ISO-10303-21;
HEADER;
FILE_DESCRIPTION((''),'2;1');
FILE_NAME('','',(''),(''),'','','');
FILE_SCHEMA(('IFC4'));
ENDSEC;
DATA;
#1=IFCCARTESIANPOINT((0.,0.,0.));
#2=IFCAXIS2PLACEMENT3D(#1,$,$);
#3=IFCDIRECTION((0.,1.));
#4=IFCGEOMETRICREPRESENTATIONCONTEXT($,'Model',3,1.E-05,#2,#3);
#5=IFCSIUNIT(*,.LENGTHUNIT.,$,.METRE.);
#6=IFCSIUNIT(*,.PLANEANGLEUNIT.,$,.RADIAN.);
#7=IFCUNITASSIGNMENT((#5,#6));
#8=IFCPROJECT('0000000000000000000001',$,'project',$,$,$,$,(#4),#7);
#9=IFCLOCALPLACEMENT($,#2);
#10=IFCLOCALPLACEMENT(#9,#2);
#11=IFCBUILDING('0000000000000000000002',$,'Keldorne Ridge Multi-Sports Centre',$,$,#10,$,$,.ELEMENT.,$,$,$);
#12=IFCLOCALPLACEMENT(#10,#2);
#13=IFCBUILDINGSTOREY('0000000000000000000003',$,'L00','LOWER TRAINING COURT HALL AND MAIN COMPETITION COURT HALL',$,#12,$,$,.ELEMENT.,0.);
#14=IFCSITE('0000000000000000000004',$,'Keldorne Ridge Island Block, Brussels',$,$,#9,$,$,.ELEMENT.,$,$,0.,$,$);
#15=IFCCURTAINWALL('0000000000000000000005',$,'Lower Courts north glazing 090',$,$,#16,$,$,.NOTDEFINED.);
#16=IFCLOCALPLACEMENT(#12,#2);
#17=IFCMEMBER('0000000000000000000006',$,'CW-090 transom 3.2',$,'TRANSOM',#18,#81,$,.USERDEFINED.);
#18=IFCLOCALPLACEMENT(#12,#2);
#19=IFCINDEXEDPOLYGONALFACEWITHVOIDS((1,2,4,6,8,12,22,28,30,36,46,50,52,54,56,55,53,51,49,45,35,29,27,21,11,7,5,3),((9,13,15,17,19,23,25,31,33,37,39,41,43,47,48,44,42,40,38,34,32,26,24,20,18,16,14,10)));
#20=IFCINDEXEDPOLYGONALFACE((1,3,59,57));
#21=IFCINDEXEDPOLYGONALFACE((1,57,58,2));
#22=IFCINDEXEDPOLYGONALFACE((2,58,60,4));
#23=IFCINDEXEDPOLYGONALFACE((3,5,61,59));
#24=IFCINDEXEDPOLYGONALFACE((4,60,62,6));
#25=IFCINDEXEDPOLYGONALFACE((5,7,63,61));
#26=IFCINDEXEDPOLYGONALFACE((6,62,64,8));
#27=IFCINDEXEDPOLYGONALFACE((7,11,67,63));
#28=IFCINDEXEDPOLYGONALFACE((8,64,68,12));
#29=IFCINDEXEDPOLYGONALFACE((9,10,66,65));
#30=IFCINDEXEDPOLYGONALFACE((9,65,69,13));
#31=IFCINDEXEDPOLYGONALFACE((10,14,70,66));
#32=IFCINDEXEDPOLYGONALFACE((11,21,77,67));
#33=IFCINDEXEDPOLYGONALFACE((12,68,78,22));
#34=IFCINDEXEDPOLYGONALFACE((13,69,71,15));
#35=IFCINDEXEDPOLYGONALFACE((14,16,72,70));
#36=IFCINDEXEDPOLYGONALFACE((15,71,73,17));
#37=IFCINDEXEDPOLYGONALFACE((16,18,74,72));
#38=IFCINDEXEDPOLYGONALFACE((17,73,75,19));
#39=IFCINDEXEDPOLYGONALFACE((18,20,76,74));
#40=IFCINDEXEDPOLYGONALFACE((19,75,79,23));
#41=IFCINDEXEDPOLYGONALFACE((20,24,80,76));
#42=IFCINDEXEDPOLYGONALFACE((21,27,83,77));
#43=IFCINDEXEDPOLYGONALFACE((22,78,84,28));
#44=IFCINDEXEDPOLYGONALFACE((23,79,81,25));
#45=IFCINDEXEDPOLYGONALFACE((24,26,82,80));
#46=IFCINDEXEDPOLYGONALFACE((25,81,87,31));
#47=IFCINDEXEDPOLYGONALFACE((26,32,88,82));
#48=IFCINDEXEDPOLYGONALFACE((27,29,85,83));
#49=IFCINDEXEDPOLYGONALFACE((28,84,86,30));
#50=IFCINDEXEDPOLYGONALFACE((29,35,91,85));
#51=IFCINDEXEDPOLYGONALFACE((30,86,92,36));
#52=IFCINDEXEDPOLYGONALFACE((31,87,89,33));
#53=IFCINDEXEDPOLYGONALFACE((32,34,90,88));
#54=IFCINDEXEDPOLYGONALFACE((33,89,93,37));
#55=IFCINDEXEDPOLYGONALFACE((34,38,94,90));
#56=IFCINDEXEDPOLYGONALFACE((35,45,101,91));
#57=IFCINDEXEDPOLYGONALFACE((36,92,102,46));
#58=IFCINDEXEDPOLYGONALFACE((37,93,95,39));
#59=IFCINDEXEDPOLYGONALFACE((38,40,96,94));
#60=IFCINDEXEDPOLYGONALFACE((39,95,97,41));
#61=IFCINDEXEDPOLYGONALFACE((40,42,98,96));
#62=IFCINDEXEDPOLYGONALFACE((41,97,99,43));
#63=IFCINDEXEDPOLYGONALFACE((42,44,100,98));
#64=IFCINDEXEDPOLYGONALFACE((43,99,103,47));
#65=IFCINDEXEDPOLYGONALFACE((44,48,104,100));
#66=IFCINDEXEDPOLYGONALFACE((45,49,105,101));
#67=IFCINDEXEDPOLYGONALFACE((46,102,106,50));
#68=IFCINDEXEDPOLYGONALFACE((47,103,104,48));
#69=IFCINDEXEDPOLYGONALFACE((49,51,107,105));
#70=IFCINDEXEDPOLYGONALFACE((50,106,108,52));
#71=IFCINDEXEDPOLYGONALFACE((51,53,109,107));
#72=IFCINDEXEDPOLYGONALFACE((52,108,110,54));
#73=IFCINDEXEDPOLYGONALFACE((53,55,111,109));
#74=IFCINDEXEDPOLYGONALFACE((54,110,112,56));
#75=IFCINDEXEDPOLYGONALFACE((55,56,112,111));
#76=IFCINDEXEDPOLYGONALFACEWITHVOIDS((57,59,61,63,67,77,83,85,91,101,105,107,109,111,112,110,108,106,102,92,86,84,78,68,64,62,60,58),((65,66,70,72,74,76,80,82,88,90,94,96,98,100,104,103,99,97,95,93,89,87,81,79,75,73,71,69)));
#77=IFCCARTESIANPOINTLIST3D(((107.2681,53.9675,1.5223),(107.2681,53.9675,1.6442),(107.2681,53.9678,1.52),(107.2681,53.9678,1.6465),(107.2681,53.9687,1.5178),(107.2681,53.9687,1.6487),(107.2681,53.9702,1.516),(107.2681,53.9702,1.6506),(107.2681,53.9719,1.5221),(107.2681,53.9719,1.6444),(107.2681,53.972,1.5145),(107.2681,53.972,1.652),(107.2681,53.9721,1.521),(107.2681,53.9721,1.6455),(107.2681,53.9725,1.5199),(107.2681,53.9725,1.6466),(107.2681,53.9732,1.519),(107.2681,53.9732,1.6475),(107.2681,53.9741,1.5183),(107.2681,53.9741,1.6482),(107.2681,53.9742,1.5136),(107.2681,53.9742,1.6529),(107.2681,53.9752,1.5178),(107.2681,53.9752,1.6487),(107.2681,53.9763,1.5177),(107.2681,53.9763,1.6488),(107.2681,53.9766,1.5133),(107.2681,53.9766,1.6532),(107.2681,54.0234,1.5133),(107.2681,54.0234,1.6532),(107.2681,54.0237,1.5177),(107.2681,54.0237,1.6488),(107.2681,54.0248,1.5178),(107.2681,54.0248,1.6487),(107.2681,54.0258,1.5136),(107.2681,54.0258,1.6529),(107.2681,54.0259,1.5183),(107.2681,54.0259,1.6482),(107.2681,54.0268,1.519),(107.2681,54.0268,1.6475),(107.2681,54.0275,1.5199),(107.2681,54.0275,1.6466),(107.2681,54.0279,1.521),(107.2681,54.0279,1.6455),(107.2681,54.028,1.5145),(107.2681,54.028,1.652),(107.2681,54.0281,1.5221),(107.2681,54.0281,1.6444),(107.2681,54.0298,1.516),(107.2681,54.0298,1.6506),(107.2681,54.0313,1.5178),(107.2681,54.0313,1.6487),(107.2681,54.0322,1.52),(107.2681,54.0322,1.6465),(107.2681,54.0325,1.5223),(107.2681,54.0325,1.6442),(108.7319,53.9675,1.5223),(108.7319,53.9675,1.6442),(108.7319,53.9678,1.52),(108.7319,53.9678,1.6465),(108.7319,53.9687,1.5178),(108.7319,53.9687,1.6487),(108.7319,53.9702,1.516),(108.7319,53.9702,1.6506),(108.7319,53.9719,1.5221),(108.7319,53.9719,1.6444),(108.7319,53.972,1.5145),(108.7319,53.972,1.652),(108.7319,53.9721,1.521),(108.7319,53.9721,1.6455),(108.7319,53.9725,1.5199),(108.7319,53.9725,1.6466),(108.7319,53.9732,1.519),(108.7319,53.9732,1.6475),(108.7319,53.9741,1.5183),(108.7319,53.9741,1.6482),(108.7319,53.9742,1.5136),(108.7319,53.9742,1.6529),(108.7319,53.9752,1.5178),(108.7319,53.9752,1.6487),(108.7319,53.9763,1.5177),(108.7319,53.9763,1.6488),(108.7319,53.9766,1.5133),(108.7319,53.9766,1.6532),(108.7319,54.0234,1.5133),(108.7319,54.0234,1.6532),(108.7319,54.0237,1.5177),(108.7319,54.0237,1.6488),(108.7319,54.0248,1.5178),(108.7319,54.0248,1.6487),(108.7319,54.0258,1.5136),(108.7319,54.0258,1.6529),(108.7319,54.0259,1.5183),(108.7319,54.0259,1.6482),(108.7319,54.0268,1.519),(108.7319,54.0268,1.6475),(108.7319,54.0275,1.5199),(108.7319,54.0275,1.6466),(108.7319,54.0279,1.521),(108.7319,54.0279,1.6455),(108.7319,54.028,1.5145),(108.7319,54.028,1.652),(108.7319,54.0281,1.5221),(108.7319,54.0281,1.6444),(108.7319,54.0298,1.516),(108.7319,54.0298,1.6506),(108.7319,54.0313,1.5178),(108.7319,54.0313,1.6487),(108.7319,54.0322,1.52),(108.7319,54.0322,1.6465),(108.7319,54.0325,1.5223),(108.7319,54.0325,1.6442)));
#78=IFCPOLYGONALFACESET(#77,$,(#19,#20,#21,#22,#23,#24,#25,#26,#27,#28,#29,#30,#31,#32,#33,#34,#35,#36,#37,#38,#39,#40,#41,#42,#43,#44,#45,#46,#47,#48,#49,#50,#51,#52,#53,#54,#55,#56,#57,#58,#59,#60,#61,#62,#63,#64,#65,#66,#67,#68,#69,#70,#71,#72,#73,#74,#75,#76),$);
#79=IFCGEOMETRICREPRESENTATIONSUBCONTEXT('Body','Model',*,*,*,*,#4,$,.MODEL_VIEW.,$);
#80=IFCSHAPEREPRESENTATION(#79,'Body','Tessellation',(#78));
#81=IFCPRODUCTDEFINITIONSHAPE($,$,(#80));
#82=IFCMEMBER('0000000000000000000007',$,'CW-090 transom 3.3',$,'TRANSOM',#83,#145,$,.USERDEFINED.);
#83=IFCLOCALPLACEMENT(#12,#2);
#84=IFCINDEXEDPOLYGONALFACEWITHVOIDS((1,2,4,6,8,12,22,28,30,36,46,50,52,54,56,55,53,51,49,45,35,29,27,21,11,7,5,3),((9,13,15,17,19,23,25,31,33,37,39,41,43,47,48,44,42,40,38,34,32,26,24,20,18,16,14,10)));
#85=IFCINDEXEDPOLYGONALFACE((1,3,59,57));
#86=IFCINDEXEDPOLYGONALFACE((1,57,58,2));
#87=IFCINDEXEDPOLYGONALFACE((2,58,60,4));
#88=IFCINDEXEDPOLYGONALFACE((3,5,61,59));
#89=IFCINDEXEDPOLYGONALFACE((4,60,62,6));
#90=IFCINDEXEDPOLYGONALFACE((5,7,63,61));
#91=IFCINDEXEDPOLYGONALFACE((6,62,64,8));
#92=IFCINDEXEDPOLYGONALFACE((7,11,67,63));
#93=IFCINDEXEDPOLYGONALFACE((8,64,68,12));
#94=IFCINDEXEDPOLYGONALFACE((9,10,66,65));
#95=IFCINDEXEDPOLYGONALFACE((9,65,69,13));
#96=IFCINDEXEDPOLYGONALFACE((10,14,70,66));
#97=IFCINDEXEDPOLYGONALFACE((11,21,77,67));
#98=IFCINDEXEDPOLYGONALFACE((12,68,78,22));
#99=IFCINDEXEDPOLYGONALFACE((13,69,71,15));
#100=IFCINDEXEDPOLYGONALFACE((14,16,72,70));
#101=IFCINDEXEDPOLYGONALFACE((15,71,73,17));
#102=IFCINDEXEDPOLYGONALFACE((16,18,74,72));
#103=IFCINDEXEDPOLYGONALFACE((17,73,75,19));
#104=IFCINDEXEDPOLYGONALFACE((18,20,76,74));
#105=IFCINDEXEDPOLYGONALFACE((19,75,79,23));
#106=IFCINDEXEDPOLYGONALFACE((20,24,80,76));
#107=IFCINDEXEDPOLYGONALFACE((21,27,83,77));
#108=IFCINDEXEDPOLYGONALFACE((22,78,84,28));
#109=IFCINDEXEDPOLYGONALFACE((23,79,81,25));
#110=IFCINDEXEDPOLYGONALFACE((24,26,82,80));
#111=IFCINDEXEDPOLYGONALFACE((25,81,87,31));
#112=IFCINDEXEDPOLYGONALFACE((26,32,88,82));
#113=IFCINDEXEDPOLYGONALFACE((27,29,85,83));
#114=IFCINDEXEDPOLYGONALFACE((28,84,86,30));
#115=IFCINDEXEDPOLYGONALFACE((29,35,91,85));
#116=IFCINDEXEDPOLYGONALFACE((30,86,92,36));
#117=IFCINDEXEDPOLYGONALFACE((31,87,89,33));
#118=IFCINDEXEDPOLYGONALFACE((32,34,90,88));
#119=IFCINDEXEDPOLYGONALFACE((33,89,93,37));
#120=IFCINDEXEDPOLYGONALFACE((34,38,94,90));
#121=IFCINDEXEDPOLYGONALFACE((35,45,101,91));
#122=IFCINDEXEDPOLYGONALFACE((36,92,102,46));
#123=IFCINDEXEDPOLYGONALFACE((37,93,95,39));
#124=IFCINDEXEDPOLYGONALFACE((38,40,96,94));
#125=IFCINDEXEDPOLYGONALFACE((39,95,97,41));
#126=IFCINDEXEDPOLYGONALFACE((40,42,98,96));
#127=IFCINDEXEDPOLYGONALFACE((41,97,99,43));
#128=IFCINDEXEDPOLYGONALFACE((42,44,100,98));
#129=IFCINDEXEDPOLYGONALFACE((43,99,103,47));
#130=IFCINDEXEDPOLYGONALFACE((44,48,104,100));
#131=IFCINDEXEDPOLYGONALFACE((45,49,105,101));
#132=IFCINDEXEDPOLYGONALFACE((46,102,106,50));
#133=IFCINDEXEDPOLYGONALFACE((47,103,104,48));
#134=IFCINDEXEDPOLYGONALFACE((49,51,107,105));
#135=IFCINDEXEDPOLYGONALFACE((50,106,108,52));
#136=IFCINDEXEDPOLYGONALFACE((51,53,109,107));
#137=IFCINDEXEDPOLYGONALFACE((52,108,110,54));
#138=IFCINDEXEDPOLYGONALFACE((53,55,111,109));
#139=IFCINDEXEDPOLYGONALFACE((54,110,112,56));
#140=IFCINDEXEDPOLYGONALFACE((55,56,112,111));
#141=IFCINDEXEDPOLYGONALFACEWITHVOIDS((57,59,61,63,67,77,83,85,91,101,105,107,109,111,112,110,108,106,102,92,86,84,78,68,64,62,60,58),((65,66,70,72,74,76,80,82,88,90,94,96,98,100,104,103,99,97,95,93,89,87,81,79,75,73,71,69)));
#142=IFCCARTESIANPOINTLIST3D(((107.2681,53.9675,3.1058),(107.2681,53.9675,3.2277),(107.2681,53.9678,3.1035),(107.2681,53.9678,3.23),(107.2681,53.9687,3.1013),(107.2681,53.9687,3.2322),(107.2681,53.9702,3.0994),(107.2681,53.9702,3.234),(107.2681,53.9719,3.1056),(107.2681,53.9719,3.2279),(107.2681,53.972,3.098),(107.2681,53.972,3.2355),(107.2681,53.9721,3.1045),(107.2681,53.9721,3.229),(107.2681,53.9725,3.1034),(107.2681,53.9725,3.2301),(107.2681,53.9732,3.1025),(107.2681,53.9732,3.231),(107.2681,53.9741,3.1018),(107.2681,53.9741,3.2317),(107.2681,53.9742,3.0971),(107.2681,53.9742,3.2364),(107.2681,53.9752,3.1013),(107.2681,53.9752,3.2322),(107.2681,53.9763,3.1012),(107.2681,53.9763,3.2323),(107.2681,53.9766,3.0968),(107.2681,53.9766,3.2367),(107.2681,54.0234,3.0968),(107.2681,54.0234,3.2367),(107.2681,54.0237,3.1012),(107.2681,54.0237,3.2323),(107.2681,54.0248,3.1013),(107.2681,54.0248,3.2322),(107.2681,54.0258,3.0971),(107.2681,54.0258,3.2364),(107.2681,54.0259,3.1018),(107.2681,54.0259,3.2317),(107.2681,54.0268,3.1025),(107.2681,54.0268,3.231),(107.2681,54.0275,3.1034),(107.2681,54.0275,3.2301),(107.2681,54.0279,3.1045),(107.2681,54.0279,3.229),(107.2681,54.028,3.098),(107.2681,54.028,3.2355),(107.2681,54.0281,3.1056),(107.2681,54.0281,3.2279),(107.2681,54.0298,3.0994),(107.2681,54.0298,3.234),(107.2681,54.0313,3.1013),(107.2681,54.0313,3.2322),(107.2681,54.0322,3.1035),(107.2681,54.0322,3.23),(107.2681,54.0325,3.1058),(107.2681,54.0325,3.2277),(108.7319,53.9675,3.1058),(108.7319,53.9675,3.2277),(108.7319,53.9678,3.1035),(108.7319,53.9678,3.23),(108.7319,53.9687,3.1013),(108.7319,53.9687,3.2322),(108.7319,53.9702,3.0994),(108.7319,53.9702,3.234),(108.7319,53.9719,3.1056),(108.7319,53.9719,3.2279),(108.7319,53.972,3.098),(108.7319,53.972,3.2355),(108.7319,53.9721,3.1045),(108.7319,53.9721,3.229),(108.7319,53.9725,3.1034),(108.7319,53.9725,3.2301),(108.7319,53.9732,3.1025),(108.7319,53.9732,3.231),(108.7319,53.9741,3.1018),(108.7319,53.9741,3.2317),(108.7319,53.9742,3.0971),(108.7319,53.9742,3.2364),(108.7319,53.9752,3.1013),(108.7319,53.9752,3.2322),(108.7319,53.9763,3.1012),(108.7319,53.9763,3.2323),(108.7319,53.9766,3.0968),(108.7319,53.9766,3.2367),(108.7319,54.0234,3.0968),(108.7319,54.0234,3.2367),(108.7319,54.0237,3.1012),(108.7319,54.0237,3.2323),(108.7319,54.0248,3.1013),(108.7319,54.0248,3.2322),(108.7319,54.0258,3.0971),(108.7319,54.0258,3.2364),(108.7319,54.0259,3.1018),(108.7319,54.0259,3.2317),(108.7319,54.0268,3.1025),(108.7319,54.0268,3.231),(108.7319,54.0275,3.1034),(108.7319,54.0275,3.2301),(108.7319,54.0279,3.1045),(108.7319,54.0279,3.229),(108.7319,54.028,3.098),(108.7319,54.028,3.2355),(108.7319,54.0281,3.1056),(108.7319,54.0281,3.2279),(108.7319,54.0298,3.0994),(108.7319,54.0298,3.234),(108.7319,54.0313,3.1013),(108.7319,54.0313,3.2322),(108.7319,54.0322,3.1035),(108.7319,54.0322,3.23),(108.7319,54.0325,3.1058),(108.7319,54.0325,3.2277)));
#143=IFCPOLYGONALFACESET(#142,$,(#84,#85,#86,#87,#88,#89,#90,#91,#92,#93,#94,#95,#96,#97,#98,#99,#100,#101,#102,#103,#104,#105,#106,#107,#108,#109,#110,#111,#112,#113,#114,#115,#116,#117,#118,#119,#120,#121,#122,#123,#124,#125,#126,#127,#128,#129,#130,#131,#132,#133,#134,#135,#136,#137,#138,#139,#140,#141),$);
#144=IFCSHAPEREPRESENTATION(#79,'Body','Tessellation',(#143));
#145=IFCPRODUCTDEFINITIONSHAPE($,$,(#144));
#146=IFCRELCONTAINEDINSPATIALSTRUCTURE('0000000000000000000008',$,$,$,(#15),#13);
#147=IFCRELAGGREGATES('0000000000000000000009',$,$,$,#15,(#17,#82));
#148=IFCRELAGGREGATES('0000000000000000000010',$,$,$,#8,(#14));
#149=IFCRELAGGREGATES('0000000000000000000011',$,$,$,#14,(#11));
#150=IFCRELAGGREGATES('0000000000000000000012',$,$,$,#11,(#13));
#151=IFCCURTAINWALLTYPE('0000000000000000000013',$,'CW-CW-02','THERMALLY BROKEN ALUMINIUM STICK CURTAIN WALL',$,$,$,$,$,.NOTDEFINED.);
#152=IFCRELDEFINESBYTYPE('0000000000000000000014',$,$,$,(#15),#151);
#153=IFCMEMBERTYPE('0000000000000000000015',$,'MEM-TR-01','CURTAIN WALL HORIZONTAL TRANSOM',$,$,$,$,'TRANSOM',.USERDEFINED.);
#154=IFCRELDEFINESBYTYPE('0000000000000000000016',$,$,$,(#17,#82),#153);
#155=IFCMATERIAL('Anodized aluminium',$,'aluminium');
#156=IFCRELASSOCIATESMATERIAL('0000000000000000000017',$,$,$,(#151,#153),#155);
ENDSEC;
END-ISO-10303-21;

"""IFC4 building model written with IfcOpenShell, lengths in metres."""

from ifc_helpers import new_model, si_unit, direction, frame, origin, origin_2d, place, context, subcontext, project, spatial, hollow_rectangle, extrude, material, material_profile, profile_set, type_object, element, aggregate, save


model = new_model("IFC4")

# Units and contexts
model_context = context("Model", 3, precision=1e-05, world=origin(), true_north=direction((0.0, 1.0)))
body_context = subcontext(model_context, "Body", "Model", "MODEL_VIEW")
ifc_project = project(units=[si_unit("LENGTHUNIT", "METRE"), si_unit("PLANEANGLEUNIT", "RADIAN")], contexts=[model_context])

# Site, building, storey
site_placement = place(None, origin())
site = spatial("IfcSite", under=ifc_project, at=site_placement, Name="Keldorne Ridge Island Block, Brussels", CompositionType="ELEMENT", RefElevation=0.0)
building_placement = place(site_placement, origin())
building = spatial("IfcBuilding", under=site, at=building_placement, Name="Keldorne Ridge Multi-Sports Centre", CompositionType="ELEMENT")
storey_placement = place(building_placement, origin())
storey = spatial("IfcBuildingStorey", under=building, at=storey_placement, Name="L00", Description="LOWER TRAINING COURT HALL AND MAIN COMPETITION COURT HALL", CompositionType="ELEMENT", Elevation=0.0)

# Curtain wall
ifc_material_1 = material(Name="Anodized aluminium", Category="aluminium")
curtain_wall_type_1 = type_object("IfcCurtainWallType", Name="CW-CW-02", Description="THERMALLY BROKEN ALUMINIUM STICK CURTAIN WALL", PredefinedType="NOTDEFINED", material=ifc_material_1)
curtain_wall_1_placement = place(storey_placement, origin())
curtain_wall_1 = element("IfcCurtainWall", 1, at=curtain_wall_1_placement, inside=storey, type_object=curtain_wall_type_1, Name="Lower Courts north glazing 090", PredefinedType="NOTDEFINED")

# Members
ifc_material_profile_1 = material_profile(ifc_material_1, hollow_rectangle(XDim=0.0649, YDim=0.1399, WallThickness=0.0044, InnerFilletRadius=0.0044, OuterFilletRadius=0.009, at=origin_2d()), Name="ALU TRANSOM 140x65x4.5")
ifc_profile_set_1 = profile_set([ifc_material_profile_1], Name="Anodized aluminium")
member_type_1 = type_object("IfcMemberType", Name="MEM-TR-01", Description="CURTAIN WALL HORIZONTAL TRANSOM", ElementType="TRANSOM", PredefinedType="USERDEFINED", material=ifc_profile_set_1)
member_1_placement = place(storey_placement, frame((108.7319, 54.0, 1.5833), z_axis=(-1.0, 0.0, 0.0), x_axis=(0.0, -1.0, 0.0)))
member_1 = element("IfcMember", 2, at=member_1_placement, type_object=member_type_1, Name="CW-090 transom 3.2", ObjectType="TRANSOM", PredefinedType="USERDEFINED", context=body_context, shape_type="SweptSolid", body=[
    extrude(hollow_rectangle(XDim=0.0649, YDim=0.1399, WallThickness=0.0044, InnerFilletRadius=0.0044, OuterFilletRadius=0.009, at=origin_2d()), origin(), (0.0, 0.0, 1.0), 1.4639),
])
member_2_placement = place(storey_placement, frame((108.7319, 54.0, 3.1667), z_axis=(-1.0, 0.0, 0.0), x_axis=(0.0, -1.0, 0.0)))
member_2 = element("IfcMember", 3, at=member_2_placement, type_object=member_type_1, Name="CW-090 transom 3.3", ObjectType="TRANSOM", PredefinedType="USERDEFINED", context=body_context, shape_type="SweptSolid", body=[
    extrude(hollow_rectangle(XDim=0.0649, YDim=0.1399, WallThickness=0.0044, InnerFilletRadius=0.0044, OuterFilletRadius=0.009, at=origin_2d()), origin(), (0.0, 0.0, 1.0), 1.4639),
])

aggregate(curtain_wall_1, [member_1, member_2])

save(model, "model.ifc")
